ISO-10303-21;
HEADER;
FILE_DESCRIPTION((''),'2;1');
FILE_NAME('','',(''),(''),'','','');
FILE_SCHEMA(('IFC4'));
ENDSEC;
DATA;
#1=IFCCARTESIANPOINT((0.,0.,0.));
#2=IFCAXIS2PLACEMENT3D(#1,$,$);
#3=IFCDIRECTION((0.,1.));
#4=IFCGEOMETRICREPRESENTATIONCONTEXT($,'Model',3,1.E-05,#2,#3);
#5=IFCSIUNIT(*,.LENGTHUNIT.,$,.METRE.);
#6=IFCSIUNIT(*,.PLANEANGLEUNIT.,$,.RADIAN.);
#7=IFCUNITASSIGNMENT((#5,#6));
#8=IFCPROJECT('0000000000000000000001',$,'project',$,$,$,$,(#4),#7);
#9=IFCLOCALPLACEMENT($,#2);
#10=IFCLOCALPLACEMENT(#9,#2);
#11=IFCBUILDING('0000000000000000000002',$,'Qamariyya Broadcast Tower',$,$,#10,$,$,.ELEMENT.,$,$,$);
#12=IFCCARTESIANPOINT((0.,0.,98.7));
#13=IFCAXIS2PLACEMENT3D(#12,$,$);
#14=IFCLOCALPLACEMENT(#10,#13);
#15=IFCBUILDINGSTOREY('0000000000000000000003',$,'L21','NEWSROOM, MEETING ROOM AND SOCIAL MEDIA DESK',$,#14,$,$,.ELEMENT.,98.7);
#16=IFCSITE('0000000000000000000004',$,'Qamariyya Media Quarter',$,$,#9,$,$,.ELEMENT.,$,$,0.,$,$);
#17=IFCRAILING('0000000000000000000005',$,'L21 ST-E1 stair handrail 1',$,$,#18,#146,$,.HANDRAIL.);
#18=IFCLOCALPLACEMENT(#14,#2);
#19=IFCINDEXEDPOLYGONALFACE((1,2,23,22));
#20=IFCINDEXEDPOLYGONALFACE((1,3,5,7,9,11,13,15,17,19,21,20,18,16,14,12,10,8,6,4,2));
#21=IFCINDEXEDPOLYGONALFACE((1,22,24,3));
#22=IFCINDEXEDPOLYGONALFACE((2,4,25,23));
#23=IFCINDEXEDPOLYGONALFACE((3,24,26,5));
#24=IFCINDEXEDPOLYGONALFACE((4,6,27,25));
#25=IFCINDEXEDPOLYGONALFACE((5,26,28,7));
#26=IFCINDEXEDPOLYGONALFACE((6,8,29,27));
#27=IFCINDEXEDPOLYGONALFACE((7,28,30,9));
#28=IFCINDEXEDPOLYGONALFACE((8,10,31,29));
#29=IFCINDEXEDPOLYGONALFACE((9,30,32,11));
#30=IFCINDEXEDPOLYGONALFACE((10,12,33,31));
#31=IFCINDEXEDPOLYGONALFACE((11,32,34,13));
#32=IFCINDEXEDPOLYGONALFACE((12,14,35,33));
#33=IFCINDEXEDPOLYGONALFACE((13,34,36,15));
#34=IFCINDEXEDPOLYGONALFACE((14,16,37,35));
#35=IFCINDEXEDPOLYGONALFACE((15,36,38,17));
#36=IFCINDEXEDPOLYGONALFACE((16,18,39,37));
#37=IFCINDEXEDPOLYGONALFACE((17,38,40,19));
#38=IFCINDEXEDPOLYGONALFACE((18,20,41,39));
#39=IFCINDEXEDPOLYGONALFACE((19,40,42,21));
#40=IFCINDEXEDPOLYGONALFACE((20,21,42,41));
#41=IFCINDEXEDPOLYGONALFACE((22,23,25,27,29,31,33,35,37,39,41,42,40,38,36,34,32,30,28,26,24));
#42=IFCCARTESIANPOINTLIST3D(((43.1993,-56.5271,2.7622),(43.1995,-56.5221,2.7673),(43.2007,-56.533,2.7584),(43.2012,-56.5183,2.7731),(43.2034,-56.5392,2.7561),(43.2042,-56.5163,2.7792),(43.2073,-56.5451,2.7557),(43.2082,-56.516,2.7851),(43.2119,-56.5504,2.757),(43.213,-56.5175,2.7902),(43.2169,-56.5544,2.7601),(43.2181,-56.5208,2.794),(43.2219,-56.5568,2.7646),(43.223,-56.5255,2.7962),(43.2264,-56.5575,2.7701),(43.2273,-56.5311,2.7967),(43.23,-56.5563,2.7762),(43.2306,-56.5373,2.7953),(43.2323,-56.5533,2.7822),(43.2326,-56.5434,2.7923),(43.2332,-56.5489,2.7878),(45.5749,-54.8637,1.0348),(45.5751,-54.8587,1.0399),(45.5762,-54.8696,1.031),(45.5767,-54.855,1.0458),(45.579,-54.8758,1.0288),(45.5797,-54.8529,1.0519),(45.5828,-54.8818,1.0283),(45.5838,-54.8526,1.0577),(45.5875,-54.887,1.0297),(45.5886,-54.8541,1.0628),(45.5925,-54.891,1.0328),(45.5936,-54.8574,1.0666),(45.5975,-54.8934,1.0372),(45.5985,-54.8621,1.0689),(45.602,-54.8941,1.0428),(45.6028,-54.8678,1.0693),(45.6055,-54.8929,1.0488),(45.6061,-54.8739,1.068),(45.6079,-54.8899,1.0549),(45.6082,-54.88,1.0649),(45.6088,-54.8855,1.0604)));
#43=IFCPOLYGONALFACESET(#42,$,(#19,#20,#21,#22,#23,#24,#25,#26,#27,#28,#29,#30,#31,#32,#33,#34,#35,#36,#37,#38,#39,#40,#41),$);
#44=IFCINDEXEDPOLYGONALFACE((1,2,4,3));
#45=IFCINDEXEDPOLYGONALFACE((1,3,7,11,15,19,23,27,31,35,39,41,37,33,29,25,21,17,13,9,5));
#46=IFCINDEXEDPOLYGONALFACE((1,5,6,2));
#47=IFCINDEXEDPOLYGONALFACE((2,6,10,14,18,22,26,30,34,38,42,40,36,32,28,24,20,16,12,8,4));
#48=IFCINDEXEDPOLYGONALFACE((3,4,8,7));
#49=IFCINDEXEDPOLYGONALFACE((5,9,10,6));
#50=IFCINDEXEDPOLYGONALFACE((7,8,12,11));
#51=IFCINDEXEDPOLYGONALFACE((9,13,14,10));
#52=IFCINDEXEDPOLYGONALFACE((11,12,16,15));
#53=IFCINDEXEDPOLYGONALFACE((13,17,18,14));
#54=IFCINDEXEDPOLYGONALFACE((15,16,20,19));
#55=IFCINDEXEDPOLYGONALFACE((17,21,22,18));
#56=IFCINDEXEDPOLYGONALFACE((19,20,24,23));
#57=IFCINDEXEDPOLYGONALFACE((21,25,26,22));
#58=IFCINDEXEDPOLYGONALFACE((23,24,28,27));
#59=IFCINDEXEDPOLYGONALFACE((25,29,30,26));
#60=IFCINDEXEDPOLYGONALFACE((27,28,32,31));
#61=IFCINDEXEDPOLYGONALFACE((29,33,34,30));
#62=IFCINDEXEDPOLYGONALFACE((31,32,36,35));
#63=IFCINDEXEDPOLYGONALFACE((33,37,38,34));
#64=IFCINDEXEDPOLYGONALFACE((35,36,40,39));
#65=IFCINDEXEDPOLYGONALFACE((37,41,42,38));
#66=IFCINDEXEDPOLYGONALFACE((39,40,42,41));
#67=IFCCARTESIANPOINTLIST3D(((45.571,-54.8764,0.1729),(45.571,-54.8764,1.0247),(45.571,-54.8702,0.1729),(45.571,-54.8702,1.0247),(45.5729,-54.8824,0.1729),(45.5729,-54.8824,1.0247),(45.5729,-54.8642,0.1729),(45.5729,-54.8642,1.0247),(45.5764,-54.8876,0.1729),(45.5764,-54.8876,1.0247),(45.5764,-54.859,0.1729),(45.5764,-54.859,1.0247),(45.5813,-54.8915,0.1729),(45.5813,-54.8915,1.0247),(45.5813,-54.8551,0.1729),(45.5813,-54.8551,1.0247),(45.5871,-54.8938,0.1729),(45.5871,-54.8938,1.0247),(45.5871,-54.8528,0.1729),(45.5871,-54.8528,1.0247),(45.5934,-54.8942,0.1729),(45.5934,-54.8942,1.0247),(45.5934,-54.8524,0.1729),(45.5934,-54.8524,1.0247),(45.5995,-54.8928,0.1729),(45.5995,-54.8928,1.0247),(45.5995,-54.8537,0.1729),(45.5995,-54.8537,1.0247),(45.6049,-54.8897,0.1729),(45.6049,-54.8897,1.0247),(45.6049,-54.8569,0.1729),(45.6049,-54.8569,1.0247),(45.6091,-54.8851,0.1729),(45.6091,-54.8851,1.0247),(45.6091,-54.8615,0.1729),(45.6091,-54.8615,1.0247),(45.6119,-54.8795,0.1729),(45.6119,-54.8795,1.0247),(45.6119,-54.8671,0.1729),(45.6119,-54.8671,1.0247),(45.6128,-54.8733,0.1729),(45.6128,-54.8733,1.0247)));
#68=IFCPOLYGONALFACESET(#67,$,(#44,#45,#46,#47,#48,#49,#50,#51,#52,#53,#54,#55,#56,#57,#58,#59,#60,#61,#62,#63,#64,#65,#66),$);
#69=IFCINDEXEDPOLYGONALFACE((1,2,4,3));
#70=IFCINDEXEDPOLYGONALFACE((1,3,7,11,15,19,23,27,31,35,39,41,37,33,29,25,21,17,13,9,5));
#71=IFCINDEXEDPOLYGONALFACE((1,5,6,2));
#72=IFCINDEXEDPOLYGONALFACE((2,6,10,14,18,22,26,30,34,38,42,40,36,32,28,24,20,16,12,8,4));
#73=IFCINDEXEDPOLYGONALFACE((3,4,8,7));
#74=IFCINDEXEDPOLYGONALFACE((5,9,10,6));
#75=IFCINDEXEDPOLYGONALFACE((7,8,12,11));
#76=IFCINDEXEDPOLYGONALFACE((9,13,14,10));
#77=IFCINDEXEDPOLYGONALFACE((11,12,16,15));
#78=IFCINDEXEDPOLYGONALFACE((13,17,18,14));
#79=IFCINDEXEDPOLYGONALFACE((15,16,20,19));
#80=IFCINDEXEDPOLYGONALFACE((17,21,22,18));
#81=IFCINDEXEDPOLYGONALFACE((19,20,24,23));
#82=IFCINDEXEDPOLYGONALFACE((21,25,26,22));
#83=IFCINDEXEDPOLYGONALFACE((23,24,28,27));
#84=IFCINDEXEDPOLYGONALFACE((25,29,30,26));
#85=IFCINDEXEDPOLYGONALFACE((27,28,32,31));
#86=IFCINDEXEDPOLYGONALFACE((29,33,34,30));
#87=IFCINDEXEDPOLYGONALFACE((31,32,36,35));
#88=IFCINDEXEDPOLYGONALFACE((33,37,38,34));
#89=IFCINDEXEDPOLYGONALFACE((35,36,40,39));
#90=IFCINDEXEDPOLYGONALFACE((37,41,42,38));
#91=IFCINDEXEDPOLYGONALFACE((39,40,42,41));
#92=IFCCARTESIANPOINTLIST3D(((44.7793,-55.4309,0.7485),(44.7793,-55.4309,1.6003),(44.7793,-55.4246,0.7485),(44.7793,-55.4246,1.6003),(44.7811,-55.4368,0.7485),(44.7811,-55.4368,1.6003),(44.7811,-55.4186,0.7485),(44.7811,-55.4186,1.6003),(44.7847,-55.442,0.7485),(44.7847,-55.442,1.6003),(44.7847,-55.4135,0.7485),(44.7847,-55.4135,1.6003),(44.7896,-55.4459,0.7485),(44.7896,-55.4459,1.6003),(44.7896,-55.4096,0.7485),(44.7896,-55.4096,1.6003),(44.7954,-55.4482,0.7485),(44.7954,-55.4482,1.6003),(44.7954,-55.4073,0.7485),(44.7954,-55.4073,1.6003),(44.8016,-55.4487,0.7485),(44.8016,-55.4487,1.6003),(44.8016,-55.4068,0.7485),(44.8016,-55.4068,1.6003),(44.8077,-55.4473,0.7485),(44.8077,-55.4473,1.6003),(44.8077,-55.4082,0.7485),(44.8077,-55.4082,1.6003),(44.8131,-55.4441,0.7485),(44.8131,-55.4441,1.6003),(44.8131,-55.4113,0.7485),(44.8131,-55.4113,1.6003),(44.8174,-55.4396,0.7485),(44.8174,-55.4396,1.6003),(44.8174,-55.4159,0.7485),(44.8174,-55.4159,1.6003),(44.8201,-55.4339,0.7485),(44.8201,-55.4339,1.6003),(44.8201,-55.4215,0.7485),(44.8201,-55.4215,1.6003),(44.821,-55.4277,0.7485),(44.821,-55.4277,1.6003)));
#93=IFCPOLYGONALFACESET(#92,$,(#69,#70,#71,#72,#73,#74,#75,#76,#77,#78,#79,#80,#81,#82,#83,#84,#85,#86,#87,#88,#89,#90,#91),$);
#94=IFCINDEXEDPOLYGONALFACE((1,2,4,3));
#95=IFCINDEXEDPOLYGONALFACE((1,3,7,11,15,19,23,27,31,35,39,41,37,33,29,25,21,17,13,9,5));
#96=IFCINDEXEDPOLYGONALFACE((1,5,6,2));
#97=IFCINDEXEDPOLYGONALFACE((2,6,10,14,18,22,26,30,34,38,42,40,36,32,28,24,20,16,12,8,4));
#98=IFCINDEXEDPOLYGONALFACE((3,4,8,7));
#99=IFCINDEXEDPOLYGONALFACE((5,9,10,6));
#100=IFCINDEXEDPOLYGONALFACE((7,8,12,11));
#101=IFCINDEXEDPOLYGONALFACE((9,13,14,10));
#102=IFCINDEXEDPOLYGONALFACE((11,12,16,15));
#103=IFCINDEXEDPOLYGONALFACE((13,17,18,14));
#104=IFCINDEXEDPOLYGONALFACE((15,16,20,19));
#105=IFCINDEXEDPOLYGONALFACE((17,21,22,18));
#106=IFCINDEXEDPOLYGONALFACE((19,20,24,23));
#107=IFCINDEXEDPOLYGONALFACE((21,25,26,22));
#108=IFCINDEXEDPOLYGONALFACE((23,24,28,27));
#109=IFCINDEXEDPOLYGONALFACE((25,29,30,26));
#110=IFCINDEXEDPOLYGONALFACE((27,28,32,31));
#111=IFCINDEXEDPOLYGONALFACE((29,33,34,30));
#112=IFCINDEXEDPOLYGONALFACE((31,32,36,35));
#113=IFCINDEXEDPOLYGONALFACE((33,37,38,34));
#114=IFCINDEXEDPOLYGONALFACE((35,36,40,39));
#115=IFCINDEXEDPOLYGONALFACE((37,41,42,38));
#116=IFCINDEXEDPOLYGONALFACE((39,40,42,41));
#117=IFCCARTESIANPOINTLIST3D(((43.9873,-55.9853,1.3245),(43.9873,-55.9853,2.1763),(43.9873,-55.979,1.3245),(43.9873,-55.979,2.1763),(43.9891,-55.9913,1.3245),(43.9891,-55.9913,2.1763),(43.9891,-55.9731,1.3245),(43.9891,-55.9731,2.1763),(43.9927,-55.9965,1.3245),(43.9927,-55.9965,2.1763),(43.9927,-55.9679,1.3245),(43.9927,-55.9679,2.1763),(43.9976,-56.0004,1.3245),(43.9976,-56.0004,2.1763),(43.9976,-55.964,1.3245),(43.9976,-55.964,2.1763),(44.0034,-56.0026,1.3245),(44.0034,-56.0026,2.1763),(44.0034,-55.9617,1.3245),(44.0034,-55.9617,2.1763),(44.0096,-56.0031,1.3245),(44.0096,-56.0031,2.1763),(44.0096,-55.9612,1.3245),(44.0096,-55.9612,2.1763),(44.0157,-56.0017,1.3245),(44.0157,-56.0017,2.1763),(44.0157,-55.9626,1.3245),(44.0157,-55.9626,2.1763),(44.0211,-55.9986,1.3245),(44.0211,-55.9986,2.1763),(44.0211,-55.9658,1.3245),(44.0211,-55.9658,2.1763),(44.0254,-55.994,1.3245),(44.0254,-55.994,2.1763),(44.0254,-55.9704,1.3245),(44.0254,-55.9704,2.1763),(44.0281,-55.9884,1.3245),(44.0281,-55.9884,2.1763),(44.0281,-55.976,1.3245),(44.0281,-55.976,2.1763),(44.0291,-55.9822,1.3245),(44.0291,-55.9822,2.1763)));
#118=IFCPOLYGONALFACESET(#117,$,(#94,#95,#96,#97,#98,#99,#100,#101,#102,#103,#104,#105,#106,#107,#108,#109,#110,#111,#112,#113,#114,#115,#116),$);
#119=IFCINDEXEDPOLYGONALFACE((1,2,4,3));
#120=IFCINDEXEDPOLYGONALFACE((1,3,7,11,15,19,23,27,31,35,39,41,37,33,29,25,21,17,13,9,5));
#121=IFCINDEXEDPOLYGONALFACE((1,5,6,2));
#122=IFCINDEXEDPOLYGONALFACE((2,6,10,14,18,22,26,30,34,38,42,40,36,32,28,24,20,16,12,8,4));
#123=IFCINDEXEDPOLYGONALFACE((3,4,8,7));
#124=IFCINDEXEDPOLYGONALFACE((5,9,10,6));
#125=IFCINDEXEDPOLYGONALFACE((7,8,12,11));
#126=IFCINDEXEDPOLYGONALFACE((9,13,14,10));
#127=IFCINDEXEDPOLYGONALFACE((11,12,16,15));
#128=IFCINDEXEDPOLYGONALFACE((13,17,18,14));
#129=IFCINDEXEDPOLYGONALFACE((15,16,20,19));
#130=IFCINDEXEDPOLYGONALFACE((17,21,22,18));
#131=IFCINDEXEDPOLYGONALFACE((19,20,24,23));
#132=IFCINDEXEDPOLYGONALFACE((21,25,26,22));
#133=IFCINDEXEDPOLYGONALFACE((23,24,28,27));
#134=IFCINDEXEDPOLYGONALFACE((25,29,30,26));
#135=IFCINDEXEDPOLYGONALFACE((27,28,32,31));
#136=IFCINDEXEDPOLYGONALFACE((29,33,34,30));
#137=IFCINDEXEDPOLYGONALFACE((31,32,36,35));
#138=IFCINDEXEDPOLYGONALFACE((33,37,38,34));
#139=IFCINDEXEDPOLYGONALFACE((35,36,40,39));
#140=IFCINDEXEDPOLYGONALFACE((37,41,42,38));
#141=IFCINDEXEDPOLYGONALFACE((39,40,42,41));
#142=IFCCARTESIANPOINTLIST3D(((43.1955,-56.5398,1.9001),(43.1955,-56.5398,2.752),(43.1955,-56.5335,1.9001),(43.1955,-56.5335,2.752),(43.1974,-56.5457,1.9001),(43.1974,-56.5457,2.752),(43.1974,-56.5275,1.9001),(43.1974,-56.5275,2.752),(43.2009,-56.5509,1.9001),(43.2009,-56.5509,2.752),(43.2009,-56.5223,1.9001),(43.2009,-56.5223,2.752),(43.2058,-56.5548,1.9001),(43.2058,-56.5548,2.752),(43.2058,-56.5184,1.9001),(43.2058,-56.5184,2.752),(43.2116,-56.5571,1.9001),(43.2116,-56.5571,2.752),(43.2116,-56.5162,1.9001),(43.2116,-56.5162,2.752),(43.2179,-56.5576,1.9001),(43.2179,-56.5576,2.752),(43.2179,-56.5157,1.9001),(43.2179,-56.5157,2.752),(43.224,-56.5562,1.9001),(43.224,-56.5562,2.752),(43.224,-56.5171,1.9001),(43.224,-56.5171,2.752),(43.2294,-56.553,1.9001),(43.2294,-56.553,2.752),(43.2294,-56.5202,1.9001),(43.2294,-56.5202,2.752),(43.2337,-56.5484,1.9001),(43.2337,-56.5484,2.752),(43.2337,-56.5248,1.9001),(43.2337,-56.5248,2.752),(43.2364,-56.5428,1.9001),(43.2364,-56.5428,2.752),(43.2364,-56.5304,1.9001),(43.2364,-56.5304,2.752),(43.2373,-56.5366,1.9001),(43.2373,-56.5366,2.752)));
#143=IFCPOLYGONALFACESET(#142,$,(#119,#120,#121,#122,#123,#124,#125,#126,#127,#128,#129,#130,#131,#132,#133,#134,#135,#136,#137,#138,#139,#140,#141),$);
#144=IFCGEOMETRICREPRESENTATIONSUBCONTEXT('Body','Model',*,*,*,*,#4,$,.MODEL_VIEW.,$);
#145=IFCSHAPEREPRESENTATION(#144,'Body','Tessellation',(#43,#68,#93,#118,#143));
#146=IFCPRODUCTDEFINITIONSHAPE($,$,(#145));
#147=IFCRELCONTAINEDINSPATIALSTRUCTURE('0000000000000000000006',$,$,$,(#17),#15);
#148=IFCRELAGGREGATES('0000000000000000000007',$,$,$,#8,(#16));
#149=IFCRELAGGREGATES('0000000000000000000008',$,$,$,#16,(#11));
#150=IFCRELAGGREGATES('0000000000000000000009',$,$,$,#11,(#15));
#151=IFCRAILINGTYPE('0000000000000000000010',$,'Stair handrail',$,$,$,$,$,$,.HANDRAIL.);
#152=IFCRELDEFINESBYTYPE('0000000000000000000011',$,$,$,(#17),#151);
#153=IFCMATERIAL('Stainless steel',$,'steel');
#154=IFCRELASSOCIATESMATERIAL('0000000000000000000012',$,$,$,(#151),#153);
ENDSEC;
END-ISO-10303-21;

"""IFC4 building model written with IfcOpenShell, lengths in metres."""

from ifc_helpers import new_model, si_unit, direction, frame, origin, origin_2d, place, context, subcontext, project, spatial, circle, extrude, material, type_object, element, save


model = new_model("IFC4")

# Units and contexts
model_context = context("Model", 3, precision=1e-05, world=origin(), true_north=direction((0.0, 1.0)))
body_context = subcontext(model_context, "Body", "Model", "MODEL_VIEW")
ifc_project = project(units=[si_unit("LENGTHUNIT", "METRE"), si_unit("PLANEANGLEUNIT", "RADIAN")], contexts=[model_context])

# Site, building, storey
site_placement = place(None, origin())
site = spatial("IfcSite", under=ifc_project, at=site_placement, Name="Qamariyya Media Quarter", CompositionType="ELEMENT", RefElevation=0.0)
building_placement = place(site_placement, origin())
building = spatial("IfcBuilding", under=site, at=building_placement, Name="Qamariyya Broadcast Tower", CompositionType="ELEMENT")
storey_placement = place(building_placement, frame((0.0, 0.0, 98.7)))
storey = spatial("IfcBuildingStorey", under=building, at=storey_placement, Name="L21", Description="NEWSROOM, MEETING ROOM AND SOCIAL MEDIA DESK", CompositionType="ELEMENT", Elevation=98.7)

# Railing
ifc_material_1 = material(Name="Stainless steel", Category="steel")
railing_type_1 = type_object("IfcRailingType", Name="Stair handrail", PredefinedType="HANDRAIL", material=ifc_material_1)
railing_1_placement = place(storey_placement, frame((45.5918, -54.8733, 0.1729)))
element("IfcRailing", 1, at=railing_1_placement, inside=storey, type_object=railing_type_1, Name="L21 ST-E1 stair handrail 1", PredefinedType="HANDRAIL", context=body_context, shape_type="SweptSolid", body=[
    extrude(circle(Radius=0.0239, at=origin_2d()), frame((0.0, 0.0, 0.876), z_axis=(-0.70377, -0.492784, 0.511734), x_axis=(0.573575, -0.819153, 0.0)), (0.0, 0.0, 1.0), 3.3755),
    extrude(circle(Radius=0.021, at=origin_2d()), origin(), (0.0, 0.0, 1.0), 0.8518),
    extrude(circle(Radius=0.021, at=origin_2d()), frame((-0.7917, -0.5544, 0.5757)), (0.0, 0.0, 1.0), 0.8518),
    extrude(circle(Radius=0.021, at=origin_2d()), frame((-1.5837, -1.1089, 1.1516)), (0.0, 0.0, 1.0), 0.8518),
    extrude(circle(Radius=0.021, at=origin_2d()), frame((-2.3755, -1.6633, 1.7273)), (0.0, 0.0, 1.0), 0.8518),
])

save(model, "model.ifc")
